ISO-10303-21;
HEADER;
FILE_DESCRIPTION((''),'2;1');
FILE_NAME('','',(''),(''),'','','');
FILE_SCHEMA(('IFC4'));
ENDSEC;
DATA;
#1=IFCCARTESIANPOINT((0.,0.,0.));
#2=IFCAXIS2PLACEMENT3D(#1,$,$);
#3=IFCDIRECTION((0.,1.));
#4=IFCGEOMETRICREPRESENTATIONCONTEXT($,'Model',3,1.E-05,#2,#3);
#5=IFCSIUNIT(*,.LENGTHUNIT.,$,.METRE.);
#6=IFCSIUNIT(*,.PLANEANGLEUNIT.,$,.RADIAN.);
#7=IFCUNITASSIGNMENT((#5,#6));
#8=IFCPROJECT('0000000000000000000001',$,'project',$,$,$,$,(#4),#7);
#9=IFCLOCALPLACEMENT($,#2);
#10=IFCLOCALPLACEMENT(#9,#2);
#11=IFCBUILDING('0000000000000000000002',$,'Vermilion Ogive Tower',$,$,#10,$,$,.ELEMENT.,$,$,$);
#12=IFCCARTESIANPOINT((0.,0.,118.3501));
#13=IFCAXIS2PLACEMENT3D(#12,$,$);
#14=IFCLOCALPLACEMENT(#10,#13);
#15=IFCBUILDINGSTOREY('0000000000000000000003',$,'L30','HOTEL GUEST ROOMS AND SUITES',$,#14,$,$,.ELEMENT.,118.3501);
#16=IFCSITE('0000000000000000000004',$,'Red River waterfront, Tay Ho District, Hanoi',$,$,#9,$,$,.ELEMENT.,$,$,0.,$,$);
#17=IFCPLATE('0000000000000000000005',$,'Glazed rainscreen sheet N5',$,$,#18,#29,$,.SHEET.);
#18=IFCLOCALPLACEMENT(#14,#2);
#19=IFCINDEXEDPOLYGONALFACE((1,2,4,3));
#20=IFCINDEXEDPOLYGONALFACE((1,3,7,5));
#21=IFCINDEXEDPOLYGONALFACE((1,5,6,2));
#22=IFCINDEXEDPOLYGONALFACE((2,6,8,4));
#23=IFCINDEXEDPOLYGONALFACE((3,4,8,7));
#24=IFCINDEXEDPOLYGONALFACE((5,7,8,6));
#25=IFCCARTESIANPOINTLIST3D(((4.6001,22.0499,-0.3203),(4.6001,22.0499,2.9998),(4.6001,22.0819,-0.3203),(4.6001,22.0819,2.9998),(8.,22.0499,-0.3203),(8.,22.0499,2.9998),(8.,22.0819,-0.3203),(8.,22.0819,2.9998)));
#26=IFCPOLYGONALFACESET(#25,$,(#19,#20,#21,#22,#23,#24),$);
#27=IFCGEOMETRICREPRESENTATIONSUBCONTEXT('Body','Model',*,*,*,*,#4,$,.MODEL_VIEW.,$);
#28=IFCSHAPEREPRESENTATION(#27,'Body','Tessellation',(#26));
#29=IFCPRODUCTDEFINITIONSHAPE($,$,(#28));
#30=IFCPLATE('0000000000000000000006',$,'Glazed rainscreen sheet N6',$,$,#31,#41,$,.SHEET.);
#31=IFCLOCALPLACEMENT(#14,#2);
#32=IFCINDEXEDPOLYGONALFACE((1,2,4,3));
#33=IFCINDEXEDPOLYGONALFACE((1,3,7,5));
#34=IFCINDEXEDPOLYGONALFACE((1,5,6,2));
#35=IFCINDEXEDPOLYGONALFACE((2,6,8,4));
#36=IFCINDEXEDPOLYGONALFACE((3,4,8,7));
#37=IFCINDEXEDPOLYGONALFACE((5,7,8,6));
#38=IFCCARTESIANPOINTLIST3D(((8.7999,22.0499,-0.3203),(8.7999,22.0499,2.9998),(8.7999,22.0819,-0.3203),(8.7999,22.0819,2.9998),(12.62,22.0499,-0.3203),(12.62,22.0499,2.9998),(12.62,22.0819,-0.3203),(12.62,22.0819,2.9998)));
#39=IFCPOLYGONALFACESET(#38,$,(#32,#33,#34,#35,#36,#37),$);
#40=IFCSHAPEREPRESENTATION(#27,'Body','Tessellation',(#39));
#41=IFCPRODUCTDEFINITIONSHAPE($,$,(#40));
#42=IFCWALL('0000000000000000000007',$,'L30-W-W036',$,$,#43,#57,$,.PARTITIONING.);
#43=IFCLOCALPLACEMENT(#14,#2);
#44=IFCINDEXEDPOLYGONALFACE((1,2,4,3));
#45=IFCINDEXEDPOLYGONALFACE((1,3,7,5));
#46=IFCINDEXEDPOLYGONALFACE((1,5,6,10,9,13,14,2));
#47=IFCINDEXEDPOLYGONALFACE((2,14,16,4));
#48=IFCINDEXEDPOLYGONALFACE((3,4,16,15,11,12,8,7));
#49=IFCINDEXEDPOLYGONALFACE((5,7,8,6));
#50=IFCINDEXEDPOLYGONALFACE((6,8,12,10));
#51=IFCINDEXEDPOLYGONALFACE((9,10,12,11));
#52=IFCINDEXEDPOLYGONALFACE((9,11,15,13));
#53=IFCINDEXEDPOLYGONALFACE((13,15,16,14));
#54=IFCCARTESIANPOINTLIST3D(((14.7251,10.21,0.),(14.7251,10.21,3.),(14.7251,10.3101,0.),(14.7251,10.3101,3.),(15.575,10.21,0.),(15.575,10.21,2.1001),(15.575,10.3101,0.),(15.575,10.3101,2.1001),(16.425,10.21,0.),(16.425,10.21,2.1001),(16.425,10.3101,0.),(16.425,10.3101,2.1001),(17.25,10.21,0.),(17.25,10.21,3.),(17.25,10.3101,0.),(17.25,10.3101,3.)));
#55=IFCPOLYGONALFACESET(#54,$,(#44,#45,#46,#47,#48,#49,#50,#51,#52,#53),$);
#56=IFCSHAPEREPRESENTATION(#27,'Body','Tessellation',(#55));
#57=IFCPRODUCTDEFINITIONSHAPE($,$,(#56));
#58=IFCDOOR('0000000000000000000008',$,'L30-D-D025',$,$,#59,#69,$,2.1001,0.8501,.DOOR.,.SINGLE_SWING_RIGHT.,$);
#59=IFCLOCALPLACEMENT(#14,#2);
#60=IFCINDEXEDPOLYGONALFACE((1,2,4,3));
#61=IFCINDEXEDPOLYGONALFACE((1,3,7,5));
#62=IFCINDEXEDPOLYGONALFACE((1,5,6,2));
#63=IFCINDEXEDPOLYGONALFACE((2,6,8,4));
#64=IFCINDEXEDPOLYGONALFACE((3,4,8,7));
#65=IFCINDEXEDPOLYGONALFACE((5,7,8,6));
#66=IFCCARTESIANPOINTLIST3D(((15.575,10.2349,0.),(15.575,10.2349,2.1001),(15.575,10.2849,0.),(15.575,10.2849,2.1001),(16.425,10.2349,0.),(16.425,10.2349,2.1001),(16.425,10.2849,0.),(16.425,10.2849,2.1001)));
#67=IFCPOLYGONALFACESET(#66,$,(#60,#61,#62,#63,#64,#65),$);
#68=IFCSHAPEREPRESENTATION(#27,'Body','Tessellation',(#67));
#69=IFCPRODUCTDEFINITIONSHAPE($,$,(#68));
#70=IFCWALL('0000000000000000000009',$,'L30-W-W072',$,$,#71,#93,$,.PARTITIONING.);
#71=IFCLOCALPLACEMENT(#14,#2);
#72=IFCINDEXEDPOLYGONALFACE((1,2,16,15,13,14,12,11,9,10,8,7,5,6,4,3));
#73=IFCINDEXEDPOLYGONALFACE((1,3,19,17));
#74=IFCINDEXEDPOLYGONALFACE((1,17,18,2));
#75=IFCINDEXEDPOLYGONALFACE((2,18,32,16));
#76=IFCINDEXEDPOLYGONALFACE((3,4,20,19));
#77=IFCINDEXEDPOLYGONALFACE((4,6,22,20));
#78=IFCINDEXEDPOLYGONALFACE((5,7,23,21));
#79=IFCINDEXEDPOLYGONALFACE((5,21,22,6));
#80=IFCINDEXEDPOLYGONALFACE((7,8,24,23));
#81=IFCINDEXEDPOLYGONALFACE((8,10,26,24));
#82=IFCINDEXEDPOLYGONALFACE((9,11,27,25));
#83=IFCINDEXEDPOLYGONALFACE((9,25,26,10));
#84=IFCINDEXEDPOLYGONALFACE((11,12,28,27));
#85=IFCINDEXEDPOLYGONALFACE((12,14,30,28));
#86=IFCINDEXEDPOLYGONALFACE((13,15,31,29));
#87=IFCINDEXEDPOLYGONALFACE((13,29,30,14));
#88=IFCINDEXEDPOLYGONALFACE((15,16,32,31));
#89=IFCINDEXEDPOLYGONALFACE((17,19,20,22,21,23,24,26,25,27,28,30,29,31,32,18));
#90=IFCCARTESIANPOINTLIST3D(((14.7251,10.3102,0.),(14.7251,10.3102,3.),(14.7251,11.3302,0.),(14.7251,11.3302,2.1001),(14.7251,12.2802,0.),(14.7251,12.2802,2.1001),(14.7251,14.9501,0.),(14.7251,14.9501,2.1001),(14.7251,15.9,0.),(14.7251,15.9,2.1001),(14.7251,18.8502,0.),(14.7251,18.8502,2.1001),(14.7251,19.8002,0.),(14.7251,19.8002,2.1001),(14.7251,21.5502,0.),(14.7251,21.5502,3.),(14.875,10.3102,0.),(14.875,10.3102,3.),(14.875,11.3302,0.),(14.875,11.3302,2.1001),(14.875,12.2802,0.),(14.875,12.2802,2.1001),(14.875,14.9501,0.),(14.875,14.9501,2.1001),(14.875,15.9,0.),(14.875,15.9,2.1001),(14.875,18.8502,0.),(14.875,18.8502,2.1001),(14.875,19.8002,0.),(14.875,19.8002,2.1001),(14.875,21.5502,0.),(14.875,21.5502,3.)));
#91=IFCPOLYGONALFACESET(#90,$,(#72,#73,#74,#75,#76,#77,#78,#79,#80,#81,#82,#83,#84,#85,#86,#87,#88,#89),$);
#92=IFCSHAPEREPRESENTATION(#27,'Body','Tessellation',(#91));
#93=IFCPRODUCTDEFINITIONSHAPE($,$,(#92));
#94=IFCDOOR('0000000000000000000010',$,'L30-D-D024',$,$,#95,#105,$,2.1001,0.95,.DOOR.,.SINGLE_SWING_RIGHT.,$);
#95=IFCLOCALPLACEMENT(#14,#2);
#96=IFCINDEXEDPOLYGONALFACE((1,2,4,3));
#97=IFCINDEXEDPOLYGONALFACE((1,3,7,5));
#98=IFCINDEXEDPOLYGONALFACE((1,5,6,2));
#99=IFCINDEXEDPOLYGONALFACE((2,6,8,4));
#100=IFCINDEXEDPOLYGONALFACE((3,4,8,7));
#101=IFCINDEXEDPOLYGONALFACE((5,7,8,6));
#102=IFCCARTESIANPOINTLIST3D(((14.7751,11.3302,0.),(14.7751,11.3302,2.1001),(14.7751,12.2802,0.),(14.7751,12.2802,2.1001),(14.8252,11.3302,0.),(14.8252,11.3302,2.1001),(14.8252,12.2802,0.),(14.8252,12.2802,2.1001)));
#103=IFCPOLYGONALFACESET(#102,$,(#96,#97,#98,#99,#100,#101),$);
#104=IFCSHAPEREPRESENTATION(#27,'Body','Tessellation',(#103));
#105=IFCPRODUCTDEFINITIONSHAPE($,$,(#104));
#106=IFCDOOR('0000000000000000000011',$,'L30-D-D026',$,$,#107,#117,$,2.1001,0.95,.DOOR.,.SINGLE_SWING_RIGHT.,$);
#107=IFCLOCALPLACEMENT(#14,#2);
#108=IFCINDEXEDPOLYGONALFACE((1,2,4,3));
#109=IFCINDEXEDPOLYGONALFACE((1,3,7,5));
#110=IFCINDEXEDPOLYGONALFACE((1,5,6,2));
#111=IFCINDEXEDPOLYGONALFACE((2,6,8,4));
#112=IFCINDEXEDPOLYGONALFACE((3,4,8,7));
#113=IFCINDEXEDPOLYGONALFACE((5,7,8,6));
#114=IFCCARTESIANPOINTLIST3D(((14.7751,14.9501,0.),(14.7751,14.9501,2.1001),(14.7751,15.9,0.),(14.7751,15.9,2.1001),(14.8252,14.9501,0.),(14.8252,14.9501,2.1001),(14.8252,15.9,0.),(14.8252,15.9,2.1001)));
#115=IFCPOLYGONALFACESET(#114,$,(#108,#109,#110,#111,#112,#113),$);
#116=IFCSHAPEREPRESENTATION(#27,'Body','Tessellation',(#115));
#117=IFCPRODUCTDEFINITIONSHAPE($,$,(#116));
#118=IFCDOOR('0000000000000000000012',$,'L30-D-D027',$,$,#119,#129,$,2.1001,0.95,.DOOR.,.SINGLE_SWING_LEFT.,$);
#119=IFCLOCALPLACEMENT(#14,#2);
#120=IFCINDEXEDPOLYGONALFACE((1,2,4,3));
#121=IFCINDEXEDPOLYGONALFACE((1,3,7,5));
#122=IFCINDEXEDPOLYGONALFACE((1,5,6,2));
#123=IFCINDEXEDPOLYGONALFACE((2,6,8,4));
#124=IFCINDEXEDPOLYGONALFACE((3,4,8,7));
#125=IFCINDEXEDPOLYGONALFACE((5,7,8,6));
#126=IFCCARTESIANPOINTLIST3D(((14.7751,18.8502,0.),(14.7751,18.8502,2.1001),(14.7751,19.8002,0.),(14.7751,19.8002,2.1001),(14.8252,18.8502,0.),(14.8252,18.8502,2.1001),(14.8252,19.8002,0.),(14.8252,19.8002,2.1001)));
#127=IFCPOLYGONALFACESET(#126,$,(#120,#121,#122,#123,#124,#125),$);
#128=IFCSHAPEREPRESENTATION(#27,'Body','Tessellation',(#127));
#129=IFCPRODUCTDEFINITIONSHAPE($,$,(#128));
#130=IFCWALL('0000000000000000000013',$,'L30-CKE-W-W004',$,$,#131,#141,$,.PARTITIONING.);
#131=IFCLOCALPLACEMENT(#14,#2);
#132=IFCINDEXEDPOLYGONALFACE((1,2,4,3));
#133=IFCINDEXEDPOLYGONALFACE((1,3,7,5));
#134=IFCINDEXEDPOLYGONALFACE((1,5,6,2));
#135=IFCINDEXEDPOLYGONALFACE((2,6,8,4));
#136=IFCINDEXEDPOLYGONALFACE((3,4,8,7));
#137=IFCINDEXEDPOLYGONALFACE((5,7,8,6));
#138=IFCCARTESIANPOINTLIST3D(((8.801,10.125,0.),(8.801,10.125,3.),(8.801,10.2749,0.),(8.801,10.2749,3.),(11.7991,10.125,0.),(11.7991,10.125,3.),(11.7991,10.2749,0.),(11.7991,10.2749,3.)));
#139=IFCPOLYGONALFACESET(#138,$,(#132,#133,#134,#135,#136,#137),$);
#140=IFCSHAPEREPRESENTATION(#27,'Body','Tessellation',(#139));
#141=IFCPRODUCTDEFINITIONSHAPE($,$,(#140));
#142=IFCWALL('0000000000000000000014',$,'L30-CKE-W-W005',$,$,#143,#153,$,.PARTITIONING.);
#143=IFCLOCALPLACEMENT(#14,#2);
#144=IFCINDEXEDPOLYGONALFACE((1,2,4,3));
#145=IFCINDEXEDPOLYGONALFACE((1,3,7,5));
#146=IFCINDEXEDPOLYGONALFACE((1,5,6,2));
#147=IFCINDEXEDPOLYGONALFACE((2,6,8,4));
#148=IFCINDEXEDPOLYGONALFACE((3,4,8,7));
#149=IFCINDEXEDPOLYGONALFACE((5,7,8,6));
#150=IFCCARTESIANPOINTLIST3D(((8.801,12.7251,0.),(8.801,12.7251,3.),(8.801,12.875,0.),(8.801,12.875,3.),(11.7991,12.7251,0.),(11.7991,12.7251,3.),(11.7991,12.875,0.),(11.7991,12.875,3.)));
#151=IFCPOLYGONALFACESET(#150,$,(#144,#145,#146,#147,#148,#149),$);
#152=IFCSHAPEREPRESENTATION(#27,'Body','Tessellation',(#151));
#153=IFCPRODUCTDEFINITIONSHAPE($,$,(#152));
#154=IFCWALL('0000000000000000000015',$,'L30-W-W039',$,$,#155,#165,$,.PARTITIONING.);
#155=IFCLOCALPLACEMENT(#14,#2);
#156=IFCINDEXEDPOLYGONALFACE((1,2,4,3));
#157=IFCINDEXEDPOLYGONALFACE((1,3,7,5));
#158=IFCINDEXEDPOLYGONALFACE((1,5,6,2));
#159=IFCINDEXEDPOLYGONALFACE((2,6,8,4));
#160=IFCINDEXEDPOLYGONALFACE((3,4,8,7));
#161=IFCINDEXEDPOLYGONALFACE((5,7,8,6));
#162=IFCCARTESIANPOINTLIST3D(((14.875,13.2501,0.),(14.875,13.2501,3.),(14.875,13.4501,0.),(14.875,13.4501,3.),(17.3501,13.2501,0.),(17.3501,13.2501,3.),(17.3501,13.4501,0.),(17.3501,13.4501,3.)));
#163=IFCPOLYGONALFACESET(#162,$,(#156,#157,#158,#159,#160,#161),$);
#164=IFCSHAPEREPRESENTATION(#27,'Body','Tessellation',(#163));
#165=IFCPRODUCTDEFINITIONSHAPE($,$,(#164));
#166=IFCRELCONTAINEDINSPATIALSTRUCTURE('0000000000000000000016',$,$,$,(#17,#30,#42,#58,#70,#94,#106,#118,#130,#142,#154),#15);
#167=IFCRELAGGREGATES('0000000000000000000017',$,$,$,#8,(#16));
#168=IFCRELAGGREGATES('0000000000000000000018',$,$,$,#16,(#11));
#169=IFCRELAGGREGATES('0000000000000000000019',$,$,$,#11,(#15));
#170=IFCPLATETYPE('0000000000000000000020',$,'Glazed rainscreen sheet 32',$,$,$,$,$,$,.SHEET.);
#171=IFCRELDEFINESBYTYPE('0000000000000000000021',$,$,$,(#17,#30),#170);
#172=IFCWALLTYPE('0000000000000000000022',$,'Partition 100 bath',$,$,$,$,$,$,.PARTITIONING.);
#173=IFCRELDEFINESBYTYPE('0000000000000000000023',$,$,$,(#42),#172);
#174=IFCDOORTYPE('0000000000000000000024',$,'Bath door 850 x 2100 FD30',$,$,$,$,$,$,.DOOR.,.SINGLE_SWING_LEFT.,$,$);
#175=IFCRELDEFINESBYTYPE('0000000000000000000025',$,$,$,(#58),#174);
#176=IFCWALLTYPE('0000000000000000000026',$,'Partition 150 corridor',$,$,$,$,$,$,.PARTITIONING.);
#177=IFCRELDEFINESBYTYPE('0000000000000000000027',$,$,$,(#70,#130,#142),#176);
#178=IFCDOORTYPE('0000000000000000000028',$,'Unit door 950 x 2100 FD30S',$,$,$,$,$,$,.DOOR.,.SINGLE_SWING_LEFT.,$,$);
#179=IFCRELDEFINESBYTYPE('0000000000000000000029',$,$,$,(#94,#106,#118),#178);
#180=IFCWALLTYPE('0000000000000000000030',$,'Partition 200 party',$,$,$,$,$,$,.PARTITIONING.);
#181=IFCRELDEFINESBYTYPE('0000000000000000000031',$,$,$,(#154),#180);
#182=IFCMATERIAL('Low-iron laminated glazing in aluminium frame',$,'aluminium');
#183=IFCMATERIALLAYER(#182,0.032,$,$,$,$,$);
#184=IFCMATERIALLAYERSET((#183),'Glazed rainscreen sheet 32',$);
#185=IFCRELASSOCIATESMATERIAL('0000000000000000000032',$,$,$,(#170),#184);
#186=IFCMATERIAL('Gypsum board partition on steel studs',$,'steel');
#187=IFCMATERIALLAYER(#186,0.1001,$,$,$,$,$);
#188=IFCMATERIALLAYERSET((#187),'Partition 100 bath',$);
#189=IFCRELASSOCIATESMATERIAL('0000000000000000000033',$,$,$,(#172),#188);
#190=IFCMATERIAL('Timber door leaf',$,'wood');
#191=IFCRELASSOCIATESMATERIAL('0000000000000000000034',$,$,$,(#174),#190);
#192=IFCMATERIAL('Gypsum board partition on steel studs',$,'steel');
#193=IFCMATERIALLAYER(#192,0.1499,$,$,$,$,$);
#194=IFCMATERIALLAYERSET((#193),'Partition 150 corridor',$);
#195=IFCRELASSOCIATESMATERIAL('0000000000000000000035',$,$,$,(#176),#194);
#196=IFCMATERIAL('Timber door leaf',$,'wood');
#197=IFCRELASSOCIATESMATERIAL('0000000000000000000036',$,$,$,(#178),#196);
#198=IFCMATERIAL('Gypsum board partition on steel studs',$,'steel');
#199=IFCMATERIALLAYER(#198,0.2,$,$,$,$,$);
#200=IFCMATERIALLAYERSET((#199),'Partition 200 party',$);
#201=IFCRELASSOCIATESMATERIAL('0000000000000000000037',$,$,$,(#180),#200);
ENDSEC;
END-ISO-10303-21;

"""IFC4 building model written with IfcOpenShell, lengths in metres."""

from ifc_helpers import new_model, si_unit, direction, frame, frame_2d, origin, origin_2d, place, context, subcontext, project, spatial, rectangle, extrude, material, layer, layer_set, type_object, element, fill, save


model = new_model("IFC4")

# Units and contexts
model_context = context("Model", 3, precision=1e-05, world=origin(), true_north=direction((0.0, 1.0)))
body_context = subcontext(model_context, "Body", "Model", "MODEL_VIEW")
ifc_project = project(units=[si_unit("LENGTHUNIT", "METRE"), si_unit("PLANEANGLEUNIT", "RADIAN")], contexts=[model_context])

# Site, building, storey
site_placement = place(None, origin())
site = spatial("IfcSite", under=ifc_project, at=site_placement, Name="Red River waterfront, Tay Ho District, Hanoi", CompositionType="ELEMENT", RefElevation=0.0)
building_placement = place(site_placement, origin())
building = spatial("IfcBuilding", under=site, at=building_placement, Name="Vermilion Ogive Tower", CompositionType="ELEMENT")
storey_placement = place(building_placement, frame((0.0, 0.0, 118.3501)))
storey = spatial("IfcBuildingStorey", under=building, at=storey_placement, Name="L30", Description="HOTEL GUEST ROOMS AND SUITES", CompositionType="ELEMENT", Elevation=118.3501)

# Plates
ifc_material_1 = material(Name="Low-iron laminated glazing in aluminium frame", Category="aluminium")
ifc_layer_1 = layer(ifc_material_1, 0.032)
ifc_layer_set_1 = layer_set([ifc_layer_1], Name="Glazed rainscreen sheet 32")
plate_type = type_object("IfcPlateType", Name="Glazed rainscreen sheet 32", PredefinedType="SHEET", material=ifc_layer_set_1)
plate_1_placement = place(storey_placement, frame((6.3, 22.0659, -0.3203), z_axis=(0.0, 0.0, 1.0), x_axis=(1.0, 0.0, 0.0)))
element("IfcPlate", 1, at=plate_1_placement, inside=storey, type_object=plate_type, Name="Glazed rainscreen sheet N5", PredefinedType="SHEET", context=body_context, shape_type="SweptSolid", body=[
    extrude(rectangle(XDim=3.3999, YDim=0.032, at=origin_2d()), origin(), (0.0, 0.0, 1.0), 3.3201),
])
plate_2_placement = place(storey_placement, frame((10.71, 22.0659, -0.3203), z_axis=(0.0, 0.0, 1.0), x_axis=(1.0, 0.0, 0.0)))
element("IfcPlate", 2, at=plate_2_placement, inside=storey, type_object=plate_type, Name="Glazed rainscreen sheet N6", PredefinedType="SHEET", context=body_context, shape_type="SweptSolid", body=[
    extrude(rectangle(XDim=3.8201, YDim=0.032, at=origin_2d()), origin(), (0.0, 0.0, 1.0), 3.3201),
])

# Wall, opening, door
ifc_material_2 = material(Name="Gypsum board partition on steel studs", Category="steel")
ifc_layer_2 = layer(ifc_material_2, 0.1001)
ifc_layer_set_2 = layer_set([ifc_layer_2], Name="Partition 100 bath")
wall_type_1 = type_object("IfcWallType", Name="Partition 100 bath", PredefinedType="PARTITIONING", material=ifc_layer_set_2)
wall_1_placement = place(storey_placement, frame((14.7251, 10.26, 0.0), z_axis=(0.0, 0.0, 1.0), x_axis=(1.0, 0.0, 0.0)))
wall_1 = element("IfcWall", 3, at=wall_1_placement, inside=storey, type_object=wall_type_1, Name="L30-W-W036", PredefinedType="PARTITIONING", context=body_context, shape_type="SweptSolid", body=[
    extrude(rectangle(XDim=2.5249, YDim=0.1001, at=frame_2d((1.2625, 0.0))), origin(), (0.0, 0.0, 1.0), 3.0),
])
opening_1_placement = place(wall_1_placement, frame((0.8499, 0.0, 0.0)))
opening_1 = element("IfcOpeningElement", 4, at=opening_1_placement, cuts=wall_1, PredefinedType="OPENING", context=body_context, shape_type="SweptSolid", body=[
    extrude(rectangle(XDim=0.8501, YDim=2.1001, at=frame_2d((0.425, 1.05))), frame((0.0, 0.0601, 0.0), z_axis=(0.0, -1.0, 0.0), x_axis=(1.0, 0.0, 0.0)), (0.0, 0.0, 1.0), 0.1201),
])
ifc_material_3 = material(Name="Timber door leaf", Category="wood")
door_type_1 = type_object("IfcDoorType", Name="Bath door 850 x 2100 FD30", OperationType="SINGLE_SWING_LEFT", PredefinedType="DOOR", material=ifc_material_3)
door_1_placement = place(opening_1_placement, origin())
door_1 = element("IfcDoor", 5, at=door_1_placement, inside=storey, type_object=door_type_1, Name="L30-D-D025", OperationType="SINGLE_SWING_RIGHT", OverallHeight=2.1001, OverallWidth=0.8501, PredefinedType="DOOR", context=body_context, shape_type="SweptSolid", body=[
    extrude(rectangle(XDim=0.8501, YDim=2.1001, at=frame_2d((0.425, 1.05))), frame((0.0, 0.0249, 0.0), z_axis=(0.0, -1.0, 0.0), x_axis=(1.0, 0.0, 0.0)), (0.0, 0.0, 1.0), 0.05),
])
fill(opening_1, door_1)

# Wall, openings, doors
ifc_material_4 = material(Name="Gypsum board partition on steel studs", Category="steel")
ifc_layer_3 = layer(ifc_material_4, 0.1499)
ifc_layer_set_3 = layer_set([ifc_layer_3], Name="Partition 150 corridor")
wall_type_2 = type_object("IfcWallType", Name="Partition 150 corridor", PredefinedType="PARTITIONING", material=ifc_layer_set_3)
wall_2_placement = place(storey_placement, frame((14.8, 10.3101, 0.0), z_axis=(0.0, 0.0, 1.0), x_axis=(0.0, 1.0, 0.0)))
wall_2 = element("IfcWall", 6, at=wall_2_placement, inside=storey, type_object=wall_type_2, Name="L30-W-W072", PredefinedType="PARTITIONING", context=body_context, shape_type="SweptSolid", body=[
    extrude(rectangle(XDim=11.24, YDim=0.1499, at=frame_2d((5.6201, 0.0))), origin(), (0.0, 0.0, 1.0), 3.0),
])
opening_2_placement = place(wall_2_placement, frame((1.02, 0.0, 0.0)))
opening_2 = element("IfcOpeningElement", 7, at=opening_2_placement, cuts=wall_2, PredefinedType="OPENING", context=body_context, shape_type="SweptSolid", body=[
    extrude(rectangle(XDim=0.95, YDim=2.1001, at=frame_2d((0.4751, 1.05))), frame((0.0, 0.085, 0.0), z_axis=(0.0, -1.0, 0.0), x_axis=(1.0, 0.0, 0.0)), (0.0, 0.0, 1.0), 0.1699),
])
opening_3_placement = place(wall_2_placement, frame((4.6399, 0.0, 0.0)))
opening_3 = element("IfcOpeningElement", 8, at=opening_3_placement, cuts=wall_2, PredefinedType="OPENING", context=body_context, shape_type="SweptSolid", body=[
    extrude(rectangle(XDim=0.95, YDim=2.1001, at=frame_2d((0.4751, 1.05))), frame((0.0, 0.085, 0.0), z_axis=(0.0, -1.0, 0.0), x_axis=(1.0, 0.0, 0.0)), (0.0, 0.0, 1.0), 0.1699),
])
opening_4_placement = place(wall_2_placement, frame((8.54, 0.0, 0.0)))
opening_4 = element("IfcOpeningElement", 9, at=opening_4_placement, cuts=wall_2, PredefinedType="OPENING", context=body_context, shape_type="SweptSolid", body=[
    extrude(rectangle(XDim=0.95, YDim=2.1001, at=frame_2d((0.4751, 1.05))), frame((0.0, 0.085, 0.0), z_axis=(0.0, -1.0, 0.0), x_axis=(1.0, 0.0, 0.0)), (0.0, 0.0, 1.0), 0.1699),
])
ifc_material_5 = material(Name="Timber door leaf", Category="wood")
door_type_2 = type_object("IfcDoorType", Name="Unit door 950 x 2100 FD30S", OperationType="SINGLE_SWING_LEFT", PredefinedType="DOOR", material=ifc_material_5)
door_2_placement = place(opening_2_placement, origin())
door_2 = element("IfcDoor", 10, at=door_2_placement, inside=storey, type_object=door_type_2, Name="L30-D-D024", OperationType="SINGLE_SWING_RIGHT", OverallHeight=2.1001, OverallWidth=0.95, PredefinedType="DOOR", context=body_context, shape_type="SweptSolid", body=[
    extrude(rectangle(XDim=0.95, YDim=2.1001, at=frame_2d((0.4751, 1.05))), frame((0.0, 0.0249, 0.0), z_axis=(0.0, -1.0, 0.0), x_axis=(1.0, 0.0, 0.0)), (0.0, 0.0, 1.0), 0.05),
])
fill(opening_2, door_2)
door_3_placement = place(opening_3_placement, origin())
door_3 = element("IfcDoor", 11, at=door_3_placement, inside=storey, type_object=door_type_2, Name="L30-D-D026", OperationType="SINGLE_SWING_RIGHT", OverallHeight=2.1001, OverallWidth=0.95, PredefinedType="DOOR", context=body_context, shape_type="SweptSolid", body=[
    extrude(rectangle(XDim=0.95, YDim=2.1001, at=frame_2d((0.4751, 1.05))), frame((0.0, 0.0249, 0.0), z_axis=(0.0, -1.0, 0.0), x_axis=(1.0, 0.0, 0.0)), (0.0, 0.0, 1.0), 0.05),
])
fill(opening_3, door_3)
door_4_placement = place(opening_4_placement, origin())
door_4 = element("IfcDoor", 12, at=door_4_placement, inside=storey, type_object=door_type_2, Name="L30-D-D027", OperationType="SINGLE_SWING_LEFT", OverallHeight=2.1001, OverallWidth=0.95, PredefinedType="DOOR", context=body_context, shape_type="SweptSolid", body=[
    extrude(rectangle(XDim=0.95, YDim=2.1001, at=frame_2d((0.4751, 1.05))), frame((0.0, 0.0249, 0.0), z_axis=(0.0, -1.0, 0.0), x_axis=(1.0, 0.0, 0.0)), (0.0, 0.0, 1.0), 0.05),
])
fill(opening_4, door_4)

# Walls
for number, where, z_axis, x_axis, name in (
    (13, (8.801, 10.2, 0.0), (0.0, 0.0, 1.0), (1.0, 0.0, 0.0), "L30-CKE-W-W004"),
    (14, (8.801, 12.8, 0.0), (0.0, 0.0, 1.0), (1.0, 0.0, 0.0), "L30-CKE-W-W005"),
):
    element("IfcWall", number, at=place(storey_placement, frame(where, z_axis=z_axis, x_axis=x_axis)), inside=storey, type_object=wall_type_2, Name=name, PredefinedType="PARTITIONING", context=body_context, shape_type="SweptSolid", body=[
        extrude(rectangle(XDim=2.998, YDim=0.1499, at=frame_2d((1.499, 0.0))), origin(), (0.0, 0.0, 1.0), 3.0),
    ])
ifc_material_6 = material(Name="Gypsum board partition on steel studs", Category="steel")
ifc_layer_4 = layer(ifc_material_6, 0.2)
ifc_layer_set_4 = layer_set([ifc_layer_4], Name="Partition 200 party")
wall_type_3 = type_object("IfcWallType", Name="Partition 200 party", PredefinedType="PARTITIONING", material=ifc_layer_set_4)
wall_3_placement = place(storey_placement, frame((14.875, 13.3501, 0.0), z_axis=(0.0, 0.0, 1.0), x_axis=(1.0, 0.0, 0.0)))
element("IfcWall", 15, at=wall_3_placement, inside=storey, type_object=wall_type_3, Name="L30-W-W039", PredefinedType="PARTITIONING", context=body_context, shape_type="SweptSolid", body=[
    extrude(rectangle(XDim=2.4751, YDim=0.2, at=frame_2d((1.2375, 0.0))), origin(), (0.0, 0.0, 1.0), 3.0),
])

save(model, "model.ifc")
